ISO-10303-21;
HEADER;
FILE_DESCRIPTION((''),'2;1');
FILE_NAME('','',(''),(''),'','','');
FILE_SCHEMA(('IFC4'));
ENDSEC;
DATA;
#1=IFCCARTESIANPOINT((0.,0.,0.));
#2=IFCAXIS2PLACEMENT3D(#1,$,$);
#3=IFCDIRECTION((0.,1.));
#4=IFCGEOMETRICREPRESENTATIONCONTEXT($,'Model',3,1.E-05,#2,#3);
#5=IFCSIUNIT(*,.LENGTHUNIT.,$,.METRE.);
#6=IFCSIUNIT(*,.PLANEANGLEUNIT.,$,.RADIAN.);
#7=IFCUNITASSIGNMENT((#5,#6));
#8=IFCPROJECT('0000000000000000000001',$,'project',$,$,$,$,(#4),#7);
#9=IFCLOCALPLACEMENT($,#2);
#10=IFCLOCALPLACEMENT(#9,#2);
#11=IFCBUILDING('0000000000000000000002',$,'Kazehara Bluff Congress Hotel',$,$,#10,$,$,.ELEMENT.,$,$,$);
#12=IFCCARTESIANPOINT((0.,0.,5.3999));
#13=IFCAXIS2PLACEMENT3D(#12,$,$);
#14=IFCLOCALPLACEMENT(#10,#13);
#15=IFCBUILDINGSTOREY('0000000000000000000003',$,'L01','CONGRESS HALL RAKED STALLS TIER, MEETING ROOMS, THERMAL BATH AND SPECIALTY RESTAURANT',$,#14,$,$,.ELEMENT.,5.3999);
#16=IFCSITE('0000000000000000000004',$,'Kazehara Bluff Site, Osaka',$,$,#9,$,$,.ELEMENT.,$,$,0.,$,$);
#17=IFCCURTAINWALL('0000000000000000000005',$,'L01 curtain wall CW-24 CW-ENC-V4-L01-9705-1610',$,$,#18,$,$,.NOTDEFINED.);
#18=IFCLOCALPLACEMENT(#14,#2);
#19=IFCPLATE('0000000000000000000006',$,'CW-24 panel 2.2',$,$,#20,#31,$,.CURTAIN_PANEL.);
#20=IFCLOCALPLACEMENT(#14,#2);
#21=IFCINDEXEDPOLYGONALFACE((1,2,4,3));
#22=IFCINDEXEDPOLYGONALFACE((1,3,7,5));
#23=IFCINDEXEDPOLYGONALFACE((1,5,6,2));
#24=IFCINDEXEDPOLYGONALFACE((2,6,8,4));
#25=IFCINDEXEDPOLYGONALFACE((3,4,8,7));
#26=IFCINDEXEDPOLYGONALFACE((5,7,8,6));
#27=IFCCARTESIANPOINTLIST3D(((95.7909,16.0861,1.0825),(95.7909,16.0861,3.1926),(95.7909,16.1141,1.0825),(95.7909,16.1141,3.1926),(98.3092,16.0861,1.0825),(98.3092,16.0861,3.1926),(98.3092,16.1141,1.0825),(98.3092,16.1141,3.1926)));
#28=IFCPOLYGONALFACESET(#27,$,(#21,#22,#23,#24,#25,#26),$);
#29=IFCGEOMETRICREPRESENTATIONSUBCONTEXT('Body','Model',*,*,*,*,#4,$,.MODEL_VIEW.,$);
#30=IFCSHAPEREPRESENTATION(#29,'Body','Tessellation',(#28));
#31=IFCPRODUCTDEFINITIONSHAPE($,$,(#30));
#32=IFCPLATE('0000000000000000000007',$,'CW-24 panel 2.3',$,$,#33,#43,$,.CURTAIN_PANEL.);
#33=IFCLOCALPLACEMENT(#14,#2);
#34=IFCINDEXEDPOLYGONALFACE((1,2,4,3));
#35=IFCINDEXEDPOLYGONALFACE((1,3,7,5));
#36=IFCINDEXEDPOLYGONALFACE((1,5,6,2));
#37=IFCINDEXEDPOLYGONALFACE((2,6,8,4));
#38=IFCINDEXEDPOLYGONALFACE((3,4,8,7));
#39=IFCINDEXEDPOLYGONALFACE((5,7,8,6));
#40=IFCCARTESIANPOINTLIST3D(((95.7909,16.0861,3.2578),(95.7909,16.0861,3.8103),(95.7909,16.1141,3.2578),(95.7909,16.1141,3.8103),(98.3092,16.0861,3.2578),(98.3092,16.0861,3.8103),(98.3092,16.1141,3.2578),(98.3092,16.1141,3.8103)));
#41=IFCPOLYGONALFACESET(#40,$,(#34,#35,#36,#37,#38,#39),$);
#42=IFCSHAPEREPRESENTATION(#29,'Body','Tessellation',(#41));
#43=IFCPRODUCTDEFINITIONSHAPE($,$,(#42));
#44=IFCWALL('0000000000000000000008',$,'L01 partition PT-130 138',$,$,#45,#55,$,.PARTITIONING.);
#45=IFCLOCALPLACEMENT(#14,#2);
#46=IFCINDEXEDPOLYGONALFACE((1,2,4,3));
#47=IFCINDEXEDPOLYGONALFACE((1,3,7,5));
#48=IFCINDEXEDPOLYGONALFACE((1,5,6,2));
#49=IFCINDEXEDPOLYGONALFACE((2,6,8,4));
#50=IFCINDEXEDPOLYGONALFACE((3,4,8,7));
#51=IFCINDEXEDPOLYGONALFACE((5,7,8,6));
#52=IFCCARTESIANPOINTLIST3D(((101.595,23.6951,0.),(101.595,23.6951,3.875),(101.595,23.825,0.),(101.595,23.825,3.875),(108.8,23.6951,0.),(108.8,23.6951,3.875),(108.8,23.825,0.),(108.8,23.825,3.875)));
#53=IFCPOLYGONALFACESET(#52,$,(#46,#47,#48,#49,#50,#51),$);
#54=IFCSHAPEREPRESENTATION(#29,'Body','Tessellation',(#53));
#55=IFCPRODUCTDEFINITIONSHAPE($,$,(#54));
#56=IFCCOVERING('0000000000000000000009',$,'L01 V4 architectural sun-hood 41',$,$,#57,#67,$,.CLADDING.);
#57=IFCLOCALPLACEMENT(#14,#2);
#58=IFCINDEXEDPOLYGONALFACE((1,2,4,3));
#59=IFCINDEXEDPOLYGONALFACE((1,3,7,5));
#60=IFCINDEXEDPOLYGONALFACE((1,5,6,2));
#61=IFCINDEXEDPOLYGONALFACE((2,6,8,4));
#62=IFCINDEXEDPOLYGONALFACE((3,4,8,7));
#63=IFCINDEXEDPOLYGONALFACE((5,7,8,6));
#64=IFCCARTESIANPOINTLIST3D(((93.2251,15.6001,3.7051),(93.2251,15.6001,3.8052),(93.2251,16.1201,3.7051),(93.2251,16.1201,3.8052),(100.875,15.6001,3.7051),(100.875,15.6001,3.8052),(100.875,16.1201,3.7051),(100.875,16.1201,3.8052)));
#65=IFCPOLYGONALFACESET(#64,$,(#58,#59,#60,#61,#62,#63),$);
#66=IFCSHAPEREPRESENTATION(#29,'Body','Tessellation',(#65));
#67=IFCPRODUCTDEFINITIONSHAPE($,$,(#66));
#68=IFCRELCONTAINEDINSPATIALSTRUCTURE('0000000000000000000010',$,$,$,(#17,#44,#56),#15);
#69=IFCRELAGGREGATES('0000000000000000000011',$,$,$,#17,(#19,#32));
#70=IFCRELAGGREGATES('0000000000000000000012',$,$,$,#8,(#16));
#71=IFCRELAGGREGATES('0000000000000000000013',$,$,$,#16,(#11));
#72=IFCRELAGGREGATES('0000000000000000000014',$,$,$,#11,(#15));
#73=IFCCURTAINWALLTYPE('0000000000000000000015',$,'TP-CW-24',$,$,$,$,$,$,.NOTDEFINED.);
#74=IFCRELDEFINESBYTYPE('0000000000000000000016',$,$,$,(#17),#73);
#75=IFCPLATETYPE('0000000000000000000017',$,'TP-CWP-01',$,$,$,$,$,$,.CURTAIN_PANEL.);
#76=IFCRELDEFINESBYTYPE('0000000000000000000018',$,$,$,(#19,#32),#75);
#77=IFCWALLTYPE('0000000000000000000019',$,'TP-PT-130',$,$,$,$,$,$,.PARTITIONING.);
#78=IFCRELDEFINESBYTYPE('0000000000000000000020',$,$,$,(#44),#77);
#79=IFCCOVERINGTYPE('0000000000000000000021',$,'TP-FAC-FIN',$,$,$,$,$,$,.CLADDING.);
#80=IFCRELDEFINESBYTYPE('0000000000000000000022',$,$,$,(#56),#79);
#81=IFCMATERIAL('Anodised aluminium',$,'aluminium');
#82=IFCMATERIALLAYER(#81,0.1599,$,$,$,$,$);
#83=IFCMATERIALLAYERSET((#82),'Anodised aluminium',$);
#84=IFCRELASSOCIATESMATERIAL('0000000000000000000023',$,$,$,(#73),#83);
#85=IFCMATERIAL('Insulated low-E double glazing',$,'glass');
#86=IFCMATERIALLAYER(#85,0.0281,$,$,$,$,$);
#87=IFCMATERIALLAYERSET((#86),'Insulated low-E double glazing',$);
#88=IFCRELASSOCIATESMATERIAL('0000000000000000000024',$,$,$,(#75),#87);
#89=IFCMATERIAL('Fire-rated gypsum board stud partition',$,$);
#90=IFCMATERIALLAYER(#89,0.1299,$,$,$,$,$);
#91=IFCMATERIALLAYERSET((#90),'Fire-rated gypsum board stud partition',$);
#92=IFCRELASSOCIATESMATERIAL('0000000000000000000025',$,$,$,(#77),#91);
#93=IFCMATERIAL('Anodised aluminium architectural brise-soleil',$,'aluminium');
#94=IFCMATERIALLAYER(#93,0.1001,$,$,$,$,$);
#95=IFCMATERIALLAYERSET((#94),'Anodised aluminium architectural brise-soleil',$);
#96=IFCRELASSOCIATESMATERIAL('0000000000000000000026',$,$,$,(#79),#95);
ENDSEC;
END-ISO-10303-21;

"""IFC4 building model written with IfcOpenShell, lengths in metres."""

from ifc_helpers import new_model, si_unit, direction, frame, frame_2d, origin, origin_2d, place, context, subcontext, project, spatial, rectangle, extrude, material, layer, layer_set, type_object, element, aggregate, save


model = new_model("IFC4")

# Units and contexts
model_context = context("Model", 3, precision=1e-05, world=origin(), true_north=direction((0.0, 1.0)))
body_context = subcontext(model_context, "Body", "Model", "MODEL_VIEW")
ifc_project = project(units=[si_unit("LENGTHUNIT", "METRE"), si_unit("PLANEANGLEUNIT", "RADIAN")], contexts=[model_context])

# Site, building, storey
site_placement = place(None, origin())
site = spatial("IfcSite", under=ifc_project, at=site_placement, Name="Kazehara Bluff Site, Osaka", CompositionType="ELEMENT", RefElevation=0.0)
building_placement = place(site_placement, origin())
building = spatial("IfcBuilding", under=site, at=building_placement, Name="Kazehara Bluff Congress Hotel", CompositionType="ELEMENT")
storey_placement = place(building_placement, frame((0.0, 0.0, 5.3999)))
storey = spatial("IfcBuildingStorey", under=building, at=storey_placement, Name="L01", Description="CONGRESS HALL RAKED STALLS TIER, MEETING ROOMS, THERMAL BATH AND SPECIALTY RESTAURANT", CompositionType="ELEMENT", Elevation=5.3999)

# Curtain wall
ifc_material_1 = material(Name="Anodised aluminium", Category="aluminium")
ifc_layer_1 = layer(ifc_material_1, 0.1599)
ifc_layer_set_1 = layer_set([ifc_layer_1], Name="Anodised aluminium")
curtain_wall_type_1 = type_object("IfcCurtainWallType", Name="TP-CW-24", PredefinedType="NOTDEFINED", material=ifc_layer_set_1)
curtain_wall_1_placement = place(storey_placement, origin())
curtain_wall_1 = element("IfcCurtainWall", 1, at=curtain_wall_1_placement, inside=storey, type_object=curtain_wall_type_1, Name="L01 curtain wall CW-24 CW-ENC-V4-L01-9705-1610", PredefinedType="NOTDEFINED")

# Plates
ifc_material_2 = material(Name="Insulated low-E double glazing", Category="glass")
ifc_layer_2 = layer(ifc_material_2, 0.0281)
ifc_layer_set_2 = layer_set([ifc_layer_2], Name="Insulated low-E double glazing")
plate_type = type_object("IfcPlateType", Name="TP-CWP-01", PredefinedType="CURTAIN_PANEL", material=ifc_layer_set_2)
plate_1_placement = place(storey_placement, frame((97.05, 16.1001, 1.0825), z_axis=(0.0, 0.0, 1.0), x_axis=(-1.0, 0.0, 0.0)))
plate_1 = element("IfcPlate", 2, at=plate_1_placement, type_object=plate_type, Name="CW-24 panel 2.2", PredefinedType="CURTAIN_PANEL", context=body_context, shape_type="SweptSolid", body=[
    extrude(rectangle(XDim=2.5183, YDim=0.0281, at=origin_2d()), origin(), (0.0, 0.0, 1.0), 2.1101),
])
plate_2_placement = place(storey_placement, frame((97.05, 16.1001, 3.2578), z_axis=(0.0, 0.0, 1.0), x_axis=(-1.0, 0.0, 0.0)))
plate_2 = element("IfcPlate", 3, at=plate_2_placement, type_object=plate_type, Name="CW-24 panel 2.3", PredefinedType="CURTAIN_PANEL", context=body_context, shape_type="SweptSolid", body=[
    extrude(rectangle(XDim=2.5183, YDim=0.0281, at=origin_2d()), origin(), (0.0, 0.0, 1.0), 0.5525),
])
aggregate(curtain_wall_1, [plate_1, plate_2])

# Wall
ifc_material_3 = material(Name="Fire-rated gypsum board stud partition")
ifc_layer_3 = layer(ifc_material_3, 0.1299)
ifc_layer_set_3 = layer_set([ifc_layer_3], Name="Fire-rated gypsum board stud partition")
wall_type = type_object("IfcWallType", Name="TP-PT-130", PredefinedType="PARTITIONING", material=ifc_layer_set_3)
wall_placement = place(storey_placement, frame((101.595, 23.76, 0.0), z_axis=(0.0, 0.0, 1.0), x_axis=(1.0, 0.0, 0.0)))
element("IfcWall", 4, at=wall_placement, inside=storey, type_object=wall_type, Name="L01 partition PT-130 138", PredefinedType="PARTITIONING", context=body_context, shape_type="SweptSolid", body=[
    extrude(rectangle(XDim=7.2051, YDim=0.1299, at=frame_2d((3.6025, 0.0))), origin(), (0.0, 0.0, 1.0), 3.875),
])

# Covering
ifc_material_4 = material(Name="Anodised aluminium architectural brise-soleil", Category="aluminium")
ifc_layer_4 = layer(ifc_material_4, 0.1001)
ifc_layer_set_4 = layer_set([ifc_layer_4], Name="Anodised aluminium architectural brise-soleil")
covering_type = type_object("IfcCoveringType", Name="TP-FAC-FIN", PredefinedType="CLADDING", material=ifc_layer_set_4)
covering_placement = place(storey_placement, frame((97.05, 15.8601, 3.7051), z_axis=(0.0, 0.0, 1.0), x_axis=(1.0, 0.0, 0.0)))
element("IfcCovering", 5, at=covering_placement, inside=storey, type_object=covering_type, Name="L01 V4 architectural sun-hood 41", PredefinedType="CLADDING", context=body_context, shape_type="SweptSolid", body=[
    extrude(rectangle(XDim=7.6499, YDim=0.52, at=origin_2d()), origin(), (0.0, 0.0, 1.0), 0.1001),
])

save(model, "model.ifc")
